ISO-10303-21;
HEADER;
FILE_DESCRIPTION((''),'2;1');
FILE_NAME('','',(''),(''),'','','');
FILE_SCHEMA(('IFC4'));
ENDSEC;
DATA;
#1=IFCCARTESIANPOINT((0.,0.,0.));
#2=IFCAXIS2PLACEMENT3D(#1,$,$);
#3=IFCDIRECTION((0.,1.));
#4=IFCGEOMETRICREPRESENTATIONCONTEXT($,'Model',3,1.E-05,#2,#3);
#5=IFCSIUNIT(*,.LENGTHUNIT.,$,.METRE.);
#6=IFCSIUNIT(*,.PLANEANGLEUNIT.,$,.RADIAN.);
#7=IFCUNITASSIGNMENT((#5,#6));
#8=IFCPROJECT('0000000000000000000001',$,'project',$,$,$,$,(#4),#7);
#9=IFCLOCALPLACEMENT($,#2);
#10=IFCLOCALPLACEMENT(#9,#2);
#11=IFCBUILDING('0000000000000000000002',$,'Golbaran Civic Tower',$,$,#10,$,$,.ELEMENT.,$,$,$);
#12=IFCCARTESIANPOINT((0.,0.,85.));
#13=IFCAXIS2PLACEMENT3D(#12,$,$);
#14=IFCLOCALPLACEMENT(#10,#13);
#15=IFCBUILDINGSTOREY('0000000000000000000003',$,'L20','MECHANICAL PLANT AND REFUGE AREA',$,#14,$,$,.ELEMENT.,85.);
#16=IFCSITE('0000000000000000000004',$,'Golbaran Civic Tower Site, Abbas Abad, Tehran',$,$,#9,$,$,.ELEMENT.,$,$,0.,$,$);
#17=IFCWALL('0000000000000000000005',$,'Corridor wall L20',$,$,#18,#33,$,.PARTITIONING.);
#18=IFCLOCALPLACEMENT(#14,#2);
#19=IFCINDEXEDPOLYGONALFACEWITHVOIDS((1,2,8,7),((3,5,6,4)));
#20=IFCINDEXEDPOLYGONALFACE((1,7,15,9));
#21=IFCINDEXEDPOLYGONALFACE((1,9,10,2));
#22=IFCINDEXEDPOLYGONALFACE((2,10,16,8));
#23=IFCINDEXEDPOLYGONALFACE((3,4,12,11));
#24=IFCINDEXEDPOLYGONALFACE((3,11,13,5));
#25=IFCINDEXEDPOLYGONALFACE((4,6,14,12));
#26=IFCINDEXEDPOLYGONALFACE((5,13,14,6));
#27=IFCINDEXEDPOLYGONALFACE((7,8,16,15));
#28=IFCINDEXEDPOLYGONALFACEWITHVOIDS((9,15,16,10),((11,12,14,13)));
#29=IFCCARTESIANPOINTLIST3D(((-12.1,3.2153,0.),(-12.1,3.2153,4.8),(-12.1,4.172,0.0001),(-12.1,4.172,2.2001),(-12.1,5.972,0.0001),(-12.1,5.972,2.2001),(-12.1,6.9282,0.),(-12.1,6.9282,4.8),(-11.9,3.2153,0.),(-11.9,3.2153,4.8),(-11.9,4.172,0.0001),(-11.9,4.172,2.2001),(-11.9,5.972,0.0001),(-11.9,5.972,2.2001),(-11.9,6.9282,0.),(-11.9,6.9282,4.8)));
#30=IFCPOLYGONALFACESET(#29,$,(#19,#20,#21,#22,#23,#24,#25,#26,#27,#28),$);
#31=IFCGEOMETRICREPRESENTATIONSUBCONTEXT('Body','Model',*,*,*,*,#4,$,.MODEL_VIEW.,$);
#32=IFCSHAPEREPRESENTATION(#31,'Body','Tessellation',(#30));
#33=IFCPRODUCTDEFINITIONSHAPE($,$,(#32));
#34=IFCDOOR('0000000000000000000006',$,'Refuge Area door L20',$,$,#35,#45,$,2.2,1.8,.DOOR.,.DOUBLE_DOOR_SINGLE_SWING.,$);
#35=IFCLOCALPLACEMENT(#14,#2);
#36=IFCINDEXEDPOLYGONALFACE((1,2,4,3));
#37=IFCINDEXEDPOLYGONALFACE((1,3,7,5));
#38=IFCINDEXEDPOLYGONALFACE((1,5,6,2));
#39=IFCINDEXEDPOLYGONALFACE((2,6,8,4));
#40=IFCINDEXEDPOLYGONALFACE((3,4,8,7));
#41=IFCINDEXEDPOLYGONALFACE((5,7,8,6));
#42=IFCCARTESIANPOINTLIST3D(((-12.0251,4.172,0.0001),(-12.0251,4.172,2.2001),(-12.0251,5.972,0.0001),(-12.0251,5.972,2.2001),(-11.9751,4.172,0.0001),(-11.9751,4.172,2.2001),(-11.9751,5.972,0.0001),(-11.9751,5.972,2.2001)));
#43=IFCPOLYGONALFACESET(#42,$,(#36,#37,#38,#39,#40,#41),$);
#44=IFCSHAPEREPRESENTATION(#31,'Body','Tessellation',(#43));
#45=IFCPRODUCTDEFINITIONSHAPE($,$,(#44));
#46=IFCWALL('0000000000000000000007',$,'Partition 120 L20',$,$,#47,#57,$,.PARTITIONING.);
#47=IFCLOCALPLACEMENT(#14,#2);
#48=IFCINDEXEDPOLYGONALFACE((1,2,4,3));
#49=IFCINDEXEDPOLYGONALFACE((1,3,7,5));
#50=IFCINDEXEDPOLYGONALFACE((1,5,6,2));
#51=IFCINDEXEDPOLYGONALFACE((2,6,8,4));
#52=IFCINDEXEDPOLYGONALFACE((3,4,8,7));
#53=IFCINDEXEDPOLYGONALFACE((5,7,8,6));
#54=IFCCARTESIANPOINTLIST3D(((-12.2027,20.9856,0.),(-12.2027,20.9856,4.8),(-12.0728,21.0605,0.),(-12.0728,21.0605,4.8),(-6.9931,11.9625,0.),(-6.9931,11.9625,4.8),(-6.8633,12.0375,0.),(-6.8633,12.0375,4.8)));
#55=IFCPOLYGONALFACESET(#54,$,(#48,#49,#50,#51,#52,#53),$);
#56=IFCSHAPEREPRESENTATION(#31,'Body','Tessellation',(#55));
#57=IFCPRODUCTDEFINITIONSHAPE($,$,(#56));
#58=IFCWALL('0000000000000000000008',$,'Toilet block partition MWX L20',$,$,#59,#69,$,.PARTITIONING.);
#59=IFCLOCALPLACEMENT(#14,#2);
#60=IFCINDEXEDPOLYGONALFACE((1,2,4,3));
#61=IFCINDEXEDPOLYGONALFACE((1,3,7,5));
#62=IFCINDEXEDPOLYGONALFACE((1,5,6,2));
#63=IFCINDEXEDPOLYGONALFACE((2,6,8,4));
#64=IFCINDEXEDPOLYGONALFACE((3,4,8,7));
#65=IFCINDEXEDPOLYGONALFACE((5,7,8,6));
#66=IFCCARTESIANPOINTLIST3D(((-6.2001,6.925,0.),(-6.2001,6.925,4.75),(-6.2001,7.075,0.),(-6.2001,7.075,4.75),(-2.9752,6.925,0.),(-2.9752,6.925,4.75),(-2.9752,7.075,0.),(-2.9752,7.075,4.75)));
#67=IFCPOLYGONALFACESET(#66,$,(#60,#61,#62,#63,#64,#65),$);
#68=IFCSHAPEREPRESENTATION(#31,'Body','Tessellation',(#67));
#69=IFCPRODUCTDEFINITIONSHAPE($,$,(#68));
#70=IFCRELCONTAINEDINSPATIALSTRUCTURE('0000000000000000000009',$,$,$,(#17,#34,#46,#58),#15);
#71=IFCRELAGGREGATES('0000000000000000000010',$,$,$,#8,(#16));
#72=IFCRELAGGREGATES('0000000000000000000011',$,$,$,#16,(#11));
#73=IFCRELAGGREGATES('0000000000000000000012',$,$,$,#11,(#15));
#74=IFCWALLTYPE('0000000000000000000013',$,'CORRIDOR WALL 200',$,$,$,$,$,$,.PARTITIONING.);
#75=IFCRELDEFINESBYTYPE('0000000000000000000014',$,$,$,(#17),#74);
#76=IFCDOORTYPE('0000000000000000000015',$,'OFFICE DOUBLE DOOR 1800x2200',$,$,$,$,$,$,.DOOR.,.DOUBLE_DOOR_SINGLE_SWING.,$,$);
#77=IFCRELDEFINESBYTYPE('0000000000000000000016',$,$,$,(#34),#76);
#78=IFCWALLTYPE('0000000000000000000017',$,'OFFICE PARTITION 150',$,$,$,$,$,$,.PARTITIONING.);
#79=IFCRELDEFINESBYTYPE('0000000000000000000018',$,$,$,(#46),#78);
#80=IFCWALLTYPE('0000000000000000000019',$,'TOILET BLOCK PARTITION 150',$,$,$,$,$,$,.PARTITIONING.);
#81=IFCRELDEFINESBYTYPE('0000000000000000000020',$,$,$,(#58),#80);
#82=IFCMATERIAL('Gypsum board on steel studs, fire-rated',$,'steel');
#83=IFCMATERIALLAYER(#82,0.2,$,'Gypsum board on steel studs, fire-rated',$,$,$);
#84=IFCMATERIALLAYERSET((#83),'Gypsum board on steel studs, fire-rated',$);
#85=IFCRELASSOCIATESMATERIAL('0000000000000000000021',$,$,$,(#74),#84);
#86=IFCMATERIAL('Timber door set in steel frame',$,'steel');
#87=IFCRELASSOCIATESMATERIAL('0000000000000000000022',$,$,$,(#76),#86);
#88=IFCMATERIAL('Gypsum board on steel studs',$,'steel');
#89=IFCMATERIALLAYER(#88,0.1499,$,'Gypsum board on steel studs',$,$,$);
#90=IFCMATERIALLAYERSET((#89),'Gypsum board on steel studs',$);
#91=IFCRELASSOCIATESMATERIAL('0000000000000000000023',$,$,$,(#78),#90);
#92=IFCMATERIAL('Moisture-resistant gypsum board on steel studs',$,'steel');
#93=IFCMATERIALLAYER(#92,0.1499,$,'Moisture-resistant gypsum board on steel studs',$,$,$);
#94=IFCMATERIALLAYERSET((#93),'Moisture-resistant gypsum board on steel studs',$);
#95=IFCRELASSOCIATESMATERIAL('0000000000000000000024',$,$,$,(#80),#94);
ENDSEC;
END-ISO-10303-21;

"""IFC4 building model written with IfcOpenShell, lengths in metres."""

from ifc_helpers import new_model, si_unit, direction, frame, frame_2d, origin, place, context, subcontext, project, spatial, rectangle, extrude, material, layer, layer_set, type_object, element, fill, save


model = new_model("IFC4")

# Units and contexts
model_context = context("Model", 3, precision=1e-05, world=origin(), true_north=direction((0.0, 1.0)))
body_context = subcontext(model_context, "Body", "Model", "MODEL_VIEW")
ifc_project = project(units=[si_unit("LENGTHUNIT", "METRE"), si_unit("PLANEANGLEUNIT", "RADIAN")], contexts=[model_context])

# Site, building, storey
site_placement = place(None, origin())
site = spatial("IfcSite", under=ifc_project, at=site_placement, Name="Golbaran Civic Tower Site, Abbas Abad, Tehran", CompositionType="ELEMENT", RefElevation=0.0)
building_placement = place(site_placement, origin())
building = spatial("IfcBuilding", under=site, at=building_placement, Name="Golbaran Civic Tower", CompositionType="ELEMENT")
storey_placement = place(building_placement, frame((0.0, 0.0, 85.0)))
storey = spatial("IfcBuildingStorey", under=building, at=storey_placement, Name="L20", Description="MECHANICAL PLANT AND REFUGE AREA", CompositionType="ELEMENT", Elevation=85.0)

# Shared definitions
ifc_material_1 = material(Name="Timber door set in steel frame", Category="steel")

# Shared definitions
ifc_material_2 = material(Name="Gypsum board on steel studs, fire-rated", Category="steel")
ifc_layer_1 = layer(ifc_material_2, 0.2, Name="Gypsum board on steel studs, fire-rated")
ifc_layer_set_1 = layer_set([ifc_layer_1], Name="Gypsum board on steel studs, fire-rated")
wall_type_1 = type_object("IfcWallType", Name="CORRIDOR WALL 200", PredefinedType="PARTITIONING", material=ifc_layer_set_1)
door_type_1 = type_object("IfcDoorType", Name="OFFICE DOUBLE DOOR 1800x2200", OperationType="DOUBLE_DOOR_SINGLE_SWING", PredefinedType="DOOR", material=ifc_material_1)

# Wall, opening, door
wall_1_placement = place(storey_placement, frame((-12.0, 6.9282, 0.0), z_axis=(0.0, 0.0, 1.0), x_axis=(0.0, -1.0, 0.0)))
wall_1 = element("IfcWall", 1, at=wall_1_placement, inside=storey, type_object=wall_type_1, Name="Corridor wall L20", PredefinedType="PARTITIONING", context=body_context, shape_type="SweptSolid", body=[
    extrude(rectangle(XDim=3.7129, YDim=0.2, at=frame_2d((1.8564, 0.0))), origin(), (0.0, 0.0, 1.0), 4.8),
])
opening_1_placement = place(wall_1_placement, frame((0.9563, 0.0, 0.0)))
opening_1 = element("IfcOpeningElement", 2, at=opening_1_placement, cuts=wall_1, PredefinedType="OPENING", context=body_context, shape_type="SweptSolid", body=[
    extrude(rectangle(XDim=1.8, YDim=2.2, at=frame_2d((0.8999, 1.1001))), frame((0.0, 0.1099, 0.0), z_axis=(0.0, -1.0, 0.0), x_axis=(1.0, 0.0, 0.0)), (0.0, 0.0, 1.0), 0.22),
])
door_1_placement = place(opening_1_placement, origin())
door_1 = element("IfcDoor", 3, at=door_1_placement, inside=storey, type_object=door_type_1, Name="Refuge Area door L20", OperationType="DOUBLE_DOOR_SINGLE_SWING", OverallHeight=2.2, OverallWidth=1.8, PredefinedType="DOOR", context=body_context, shape_type="SweptSolid", body=[
    extrude(rectangle(XDim=1.8, YDim=2.2, at=frame_2d((0.8999, 1.1001))), frame((0.0, 0.0249, 0.0), z_axis=(0.0, -1.0, 0.0), x_axis=(1.0, 0.0, 0.0)), (0.0, 0.0, 1.0), 0.05),
])
fill(opening_1, door_1)

# Walls
ifc_material_3 = material(Name="Gypsum board on steel studs", Category="steel")
ifc_layer_2 = layer(ifc_material_3, 0.1499, Name="Gypsum board on steel studs")
ifc_layer_set_2 = layer_set([ifc_layer_2], Name="Gypsum board on steel studs")
wall_type_2 = type_object("IfcWallType", Name="OFFICE PARTITION 150", PredefinedType="PARTITIONING", material=ifc_layer_set_2)
wall_2_placement = place(storey_placement, frame((-6.9282, 12.0, 0.0), z_axis=(0.0, 0.0, 1.0), x_axis=(-0.500005, 0.866022, 0.0)))
element("IfcWall", 4, at=wall_2_placement, inside=storey, type_object=wall_type_2, Name="Partition 120 L20", PredefinedType="PARTITIONING", context=body_context, shape_type="SweptSolid", body=[
    extrude(rectangle(XDim=10.4189, YDim=0.1499, at=frame_2d((5.2095, 0.0))), origin(), (0.0, 0.0, 1.0), 4.8),
])
ifc_material_4 = material(Name="Moisture-resistant gypsum board on steel studs", Category="steel")
ifc_layer_3 = layer(ifc_material_4, 0.1499, Name="Moisture-resistant gypsum board on steel studs")
ifc_layer_set_3 = layer_set([ifc_layer_3], Name="Moisture-resistant gypsum board on steel studs")
wall_type_3 = type_object("IfcWallType", Name="TOILET BLOCK PARTITION 150", PredefinedType="PARTITIONING", material=ifc_layer_set_3)
wall_3_placement = place(storey_placement, frame((-6.2, 7.0, 0.0), z_axis=(0.0, 0.0, 1.0), x_axis=(1.0, 0.0, 0.0)))
element("IfcWall", 5, at=wall_3_placement, inside=storey, type_object=wall_type_3, Name="Toilet block partition MWX L20", PredefinedType="PARTITIONING", context=body_context, shape_type="SweptSolid", body=[
    extrude(rectangle(XDim=3.2249, YDim=0.1499, at=frame_2d((1.6123, 0.0))), origin(), (0.0, 0.0, 1.0), 4.75),
])

save(model, "model.ifc")
